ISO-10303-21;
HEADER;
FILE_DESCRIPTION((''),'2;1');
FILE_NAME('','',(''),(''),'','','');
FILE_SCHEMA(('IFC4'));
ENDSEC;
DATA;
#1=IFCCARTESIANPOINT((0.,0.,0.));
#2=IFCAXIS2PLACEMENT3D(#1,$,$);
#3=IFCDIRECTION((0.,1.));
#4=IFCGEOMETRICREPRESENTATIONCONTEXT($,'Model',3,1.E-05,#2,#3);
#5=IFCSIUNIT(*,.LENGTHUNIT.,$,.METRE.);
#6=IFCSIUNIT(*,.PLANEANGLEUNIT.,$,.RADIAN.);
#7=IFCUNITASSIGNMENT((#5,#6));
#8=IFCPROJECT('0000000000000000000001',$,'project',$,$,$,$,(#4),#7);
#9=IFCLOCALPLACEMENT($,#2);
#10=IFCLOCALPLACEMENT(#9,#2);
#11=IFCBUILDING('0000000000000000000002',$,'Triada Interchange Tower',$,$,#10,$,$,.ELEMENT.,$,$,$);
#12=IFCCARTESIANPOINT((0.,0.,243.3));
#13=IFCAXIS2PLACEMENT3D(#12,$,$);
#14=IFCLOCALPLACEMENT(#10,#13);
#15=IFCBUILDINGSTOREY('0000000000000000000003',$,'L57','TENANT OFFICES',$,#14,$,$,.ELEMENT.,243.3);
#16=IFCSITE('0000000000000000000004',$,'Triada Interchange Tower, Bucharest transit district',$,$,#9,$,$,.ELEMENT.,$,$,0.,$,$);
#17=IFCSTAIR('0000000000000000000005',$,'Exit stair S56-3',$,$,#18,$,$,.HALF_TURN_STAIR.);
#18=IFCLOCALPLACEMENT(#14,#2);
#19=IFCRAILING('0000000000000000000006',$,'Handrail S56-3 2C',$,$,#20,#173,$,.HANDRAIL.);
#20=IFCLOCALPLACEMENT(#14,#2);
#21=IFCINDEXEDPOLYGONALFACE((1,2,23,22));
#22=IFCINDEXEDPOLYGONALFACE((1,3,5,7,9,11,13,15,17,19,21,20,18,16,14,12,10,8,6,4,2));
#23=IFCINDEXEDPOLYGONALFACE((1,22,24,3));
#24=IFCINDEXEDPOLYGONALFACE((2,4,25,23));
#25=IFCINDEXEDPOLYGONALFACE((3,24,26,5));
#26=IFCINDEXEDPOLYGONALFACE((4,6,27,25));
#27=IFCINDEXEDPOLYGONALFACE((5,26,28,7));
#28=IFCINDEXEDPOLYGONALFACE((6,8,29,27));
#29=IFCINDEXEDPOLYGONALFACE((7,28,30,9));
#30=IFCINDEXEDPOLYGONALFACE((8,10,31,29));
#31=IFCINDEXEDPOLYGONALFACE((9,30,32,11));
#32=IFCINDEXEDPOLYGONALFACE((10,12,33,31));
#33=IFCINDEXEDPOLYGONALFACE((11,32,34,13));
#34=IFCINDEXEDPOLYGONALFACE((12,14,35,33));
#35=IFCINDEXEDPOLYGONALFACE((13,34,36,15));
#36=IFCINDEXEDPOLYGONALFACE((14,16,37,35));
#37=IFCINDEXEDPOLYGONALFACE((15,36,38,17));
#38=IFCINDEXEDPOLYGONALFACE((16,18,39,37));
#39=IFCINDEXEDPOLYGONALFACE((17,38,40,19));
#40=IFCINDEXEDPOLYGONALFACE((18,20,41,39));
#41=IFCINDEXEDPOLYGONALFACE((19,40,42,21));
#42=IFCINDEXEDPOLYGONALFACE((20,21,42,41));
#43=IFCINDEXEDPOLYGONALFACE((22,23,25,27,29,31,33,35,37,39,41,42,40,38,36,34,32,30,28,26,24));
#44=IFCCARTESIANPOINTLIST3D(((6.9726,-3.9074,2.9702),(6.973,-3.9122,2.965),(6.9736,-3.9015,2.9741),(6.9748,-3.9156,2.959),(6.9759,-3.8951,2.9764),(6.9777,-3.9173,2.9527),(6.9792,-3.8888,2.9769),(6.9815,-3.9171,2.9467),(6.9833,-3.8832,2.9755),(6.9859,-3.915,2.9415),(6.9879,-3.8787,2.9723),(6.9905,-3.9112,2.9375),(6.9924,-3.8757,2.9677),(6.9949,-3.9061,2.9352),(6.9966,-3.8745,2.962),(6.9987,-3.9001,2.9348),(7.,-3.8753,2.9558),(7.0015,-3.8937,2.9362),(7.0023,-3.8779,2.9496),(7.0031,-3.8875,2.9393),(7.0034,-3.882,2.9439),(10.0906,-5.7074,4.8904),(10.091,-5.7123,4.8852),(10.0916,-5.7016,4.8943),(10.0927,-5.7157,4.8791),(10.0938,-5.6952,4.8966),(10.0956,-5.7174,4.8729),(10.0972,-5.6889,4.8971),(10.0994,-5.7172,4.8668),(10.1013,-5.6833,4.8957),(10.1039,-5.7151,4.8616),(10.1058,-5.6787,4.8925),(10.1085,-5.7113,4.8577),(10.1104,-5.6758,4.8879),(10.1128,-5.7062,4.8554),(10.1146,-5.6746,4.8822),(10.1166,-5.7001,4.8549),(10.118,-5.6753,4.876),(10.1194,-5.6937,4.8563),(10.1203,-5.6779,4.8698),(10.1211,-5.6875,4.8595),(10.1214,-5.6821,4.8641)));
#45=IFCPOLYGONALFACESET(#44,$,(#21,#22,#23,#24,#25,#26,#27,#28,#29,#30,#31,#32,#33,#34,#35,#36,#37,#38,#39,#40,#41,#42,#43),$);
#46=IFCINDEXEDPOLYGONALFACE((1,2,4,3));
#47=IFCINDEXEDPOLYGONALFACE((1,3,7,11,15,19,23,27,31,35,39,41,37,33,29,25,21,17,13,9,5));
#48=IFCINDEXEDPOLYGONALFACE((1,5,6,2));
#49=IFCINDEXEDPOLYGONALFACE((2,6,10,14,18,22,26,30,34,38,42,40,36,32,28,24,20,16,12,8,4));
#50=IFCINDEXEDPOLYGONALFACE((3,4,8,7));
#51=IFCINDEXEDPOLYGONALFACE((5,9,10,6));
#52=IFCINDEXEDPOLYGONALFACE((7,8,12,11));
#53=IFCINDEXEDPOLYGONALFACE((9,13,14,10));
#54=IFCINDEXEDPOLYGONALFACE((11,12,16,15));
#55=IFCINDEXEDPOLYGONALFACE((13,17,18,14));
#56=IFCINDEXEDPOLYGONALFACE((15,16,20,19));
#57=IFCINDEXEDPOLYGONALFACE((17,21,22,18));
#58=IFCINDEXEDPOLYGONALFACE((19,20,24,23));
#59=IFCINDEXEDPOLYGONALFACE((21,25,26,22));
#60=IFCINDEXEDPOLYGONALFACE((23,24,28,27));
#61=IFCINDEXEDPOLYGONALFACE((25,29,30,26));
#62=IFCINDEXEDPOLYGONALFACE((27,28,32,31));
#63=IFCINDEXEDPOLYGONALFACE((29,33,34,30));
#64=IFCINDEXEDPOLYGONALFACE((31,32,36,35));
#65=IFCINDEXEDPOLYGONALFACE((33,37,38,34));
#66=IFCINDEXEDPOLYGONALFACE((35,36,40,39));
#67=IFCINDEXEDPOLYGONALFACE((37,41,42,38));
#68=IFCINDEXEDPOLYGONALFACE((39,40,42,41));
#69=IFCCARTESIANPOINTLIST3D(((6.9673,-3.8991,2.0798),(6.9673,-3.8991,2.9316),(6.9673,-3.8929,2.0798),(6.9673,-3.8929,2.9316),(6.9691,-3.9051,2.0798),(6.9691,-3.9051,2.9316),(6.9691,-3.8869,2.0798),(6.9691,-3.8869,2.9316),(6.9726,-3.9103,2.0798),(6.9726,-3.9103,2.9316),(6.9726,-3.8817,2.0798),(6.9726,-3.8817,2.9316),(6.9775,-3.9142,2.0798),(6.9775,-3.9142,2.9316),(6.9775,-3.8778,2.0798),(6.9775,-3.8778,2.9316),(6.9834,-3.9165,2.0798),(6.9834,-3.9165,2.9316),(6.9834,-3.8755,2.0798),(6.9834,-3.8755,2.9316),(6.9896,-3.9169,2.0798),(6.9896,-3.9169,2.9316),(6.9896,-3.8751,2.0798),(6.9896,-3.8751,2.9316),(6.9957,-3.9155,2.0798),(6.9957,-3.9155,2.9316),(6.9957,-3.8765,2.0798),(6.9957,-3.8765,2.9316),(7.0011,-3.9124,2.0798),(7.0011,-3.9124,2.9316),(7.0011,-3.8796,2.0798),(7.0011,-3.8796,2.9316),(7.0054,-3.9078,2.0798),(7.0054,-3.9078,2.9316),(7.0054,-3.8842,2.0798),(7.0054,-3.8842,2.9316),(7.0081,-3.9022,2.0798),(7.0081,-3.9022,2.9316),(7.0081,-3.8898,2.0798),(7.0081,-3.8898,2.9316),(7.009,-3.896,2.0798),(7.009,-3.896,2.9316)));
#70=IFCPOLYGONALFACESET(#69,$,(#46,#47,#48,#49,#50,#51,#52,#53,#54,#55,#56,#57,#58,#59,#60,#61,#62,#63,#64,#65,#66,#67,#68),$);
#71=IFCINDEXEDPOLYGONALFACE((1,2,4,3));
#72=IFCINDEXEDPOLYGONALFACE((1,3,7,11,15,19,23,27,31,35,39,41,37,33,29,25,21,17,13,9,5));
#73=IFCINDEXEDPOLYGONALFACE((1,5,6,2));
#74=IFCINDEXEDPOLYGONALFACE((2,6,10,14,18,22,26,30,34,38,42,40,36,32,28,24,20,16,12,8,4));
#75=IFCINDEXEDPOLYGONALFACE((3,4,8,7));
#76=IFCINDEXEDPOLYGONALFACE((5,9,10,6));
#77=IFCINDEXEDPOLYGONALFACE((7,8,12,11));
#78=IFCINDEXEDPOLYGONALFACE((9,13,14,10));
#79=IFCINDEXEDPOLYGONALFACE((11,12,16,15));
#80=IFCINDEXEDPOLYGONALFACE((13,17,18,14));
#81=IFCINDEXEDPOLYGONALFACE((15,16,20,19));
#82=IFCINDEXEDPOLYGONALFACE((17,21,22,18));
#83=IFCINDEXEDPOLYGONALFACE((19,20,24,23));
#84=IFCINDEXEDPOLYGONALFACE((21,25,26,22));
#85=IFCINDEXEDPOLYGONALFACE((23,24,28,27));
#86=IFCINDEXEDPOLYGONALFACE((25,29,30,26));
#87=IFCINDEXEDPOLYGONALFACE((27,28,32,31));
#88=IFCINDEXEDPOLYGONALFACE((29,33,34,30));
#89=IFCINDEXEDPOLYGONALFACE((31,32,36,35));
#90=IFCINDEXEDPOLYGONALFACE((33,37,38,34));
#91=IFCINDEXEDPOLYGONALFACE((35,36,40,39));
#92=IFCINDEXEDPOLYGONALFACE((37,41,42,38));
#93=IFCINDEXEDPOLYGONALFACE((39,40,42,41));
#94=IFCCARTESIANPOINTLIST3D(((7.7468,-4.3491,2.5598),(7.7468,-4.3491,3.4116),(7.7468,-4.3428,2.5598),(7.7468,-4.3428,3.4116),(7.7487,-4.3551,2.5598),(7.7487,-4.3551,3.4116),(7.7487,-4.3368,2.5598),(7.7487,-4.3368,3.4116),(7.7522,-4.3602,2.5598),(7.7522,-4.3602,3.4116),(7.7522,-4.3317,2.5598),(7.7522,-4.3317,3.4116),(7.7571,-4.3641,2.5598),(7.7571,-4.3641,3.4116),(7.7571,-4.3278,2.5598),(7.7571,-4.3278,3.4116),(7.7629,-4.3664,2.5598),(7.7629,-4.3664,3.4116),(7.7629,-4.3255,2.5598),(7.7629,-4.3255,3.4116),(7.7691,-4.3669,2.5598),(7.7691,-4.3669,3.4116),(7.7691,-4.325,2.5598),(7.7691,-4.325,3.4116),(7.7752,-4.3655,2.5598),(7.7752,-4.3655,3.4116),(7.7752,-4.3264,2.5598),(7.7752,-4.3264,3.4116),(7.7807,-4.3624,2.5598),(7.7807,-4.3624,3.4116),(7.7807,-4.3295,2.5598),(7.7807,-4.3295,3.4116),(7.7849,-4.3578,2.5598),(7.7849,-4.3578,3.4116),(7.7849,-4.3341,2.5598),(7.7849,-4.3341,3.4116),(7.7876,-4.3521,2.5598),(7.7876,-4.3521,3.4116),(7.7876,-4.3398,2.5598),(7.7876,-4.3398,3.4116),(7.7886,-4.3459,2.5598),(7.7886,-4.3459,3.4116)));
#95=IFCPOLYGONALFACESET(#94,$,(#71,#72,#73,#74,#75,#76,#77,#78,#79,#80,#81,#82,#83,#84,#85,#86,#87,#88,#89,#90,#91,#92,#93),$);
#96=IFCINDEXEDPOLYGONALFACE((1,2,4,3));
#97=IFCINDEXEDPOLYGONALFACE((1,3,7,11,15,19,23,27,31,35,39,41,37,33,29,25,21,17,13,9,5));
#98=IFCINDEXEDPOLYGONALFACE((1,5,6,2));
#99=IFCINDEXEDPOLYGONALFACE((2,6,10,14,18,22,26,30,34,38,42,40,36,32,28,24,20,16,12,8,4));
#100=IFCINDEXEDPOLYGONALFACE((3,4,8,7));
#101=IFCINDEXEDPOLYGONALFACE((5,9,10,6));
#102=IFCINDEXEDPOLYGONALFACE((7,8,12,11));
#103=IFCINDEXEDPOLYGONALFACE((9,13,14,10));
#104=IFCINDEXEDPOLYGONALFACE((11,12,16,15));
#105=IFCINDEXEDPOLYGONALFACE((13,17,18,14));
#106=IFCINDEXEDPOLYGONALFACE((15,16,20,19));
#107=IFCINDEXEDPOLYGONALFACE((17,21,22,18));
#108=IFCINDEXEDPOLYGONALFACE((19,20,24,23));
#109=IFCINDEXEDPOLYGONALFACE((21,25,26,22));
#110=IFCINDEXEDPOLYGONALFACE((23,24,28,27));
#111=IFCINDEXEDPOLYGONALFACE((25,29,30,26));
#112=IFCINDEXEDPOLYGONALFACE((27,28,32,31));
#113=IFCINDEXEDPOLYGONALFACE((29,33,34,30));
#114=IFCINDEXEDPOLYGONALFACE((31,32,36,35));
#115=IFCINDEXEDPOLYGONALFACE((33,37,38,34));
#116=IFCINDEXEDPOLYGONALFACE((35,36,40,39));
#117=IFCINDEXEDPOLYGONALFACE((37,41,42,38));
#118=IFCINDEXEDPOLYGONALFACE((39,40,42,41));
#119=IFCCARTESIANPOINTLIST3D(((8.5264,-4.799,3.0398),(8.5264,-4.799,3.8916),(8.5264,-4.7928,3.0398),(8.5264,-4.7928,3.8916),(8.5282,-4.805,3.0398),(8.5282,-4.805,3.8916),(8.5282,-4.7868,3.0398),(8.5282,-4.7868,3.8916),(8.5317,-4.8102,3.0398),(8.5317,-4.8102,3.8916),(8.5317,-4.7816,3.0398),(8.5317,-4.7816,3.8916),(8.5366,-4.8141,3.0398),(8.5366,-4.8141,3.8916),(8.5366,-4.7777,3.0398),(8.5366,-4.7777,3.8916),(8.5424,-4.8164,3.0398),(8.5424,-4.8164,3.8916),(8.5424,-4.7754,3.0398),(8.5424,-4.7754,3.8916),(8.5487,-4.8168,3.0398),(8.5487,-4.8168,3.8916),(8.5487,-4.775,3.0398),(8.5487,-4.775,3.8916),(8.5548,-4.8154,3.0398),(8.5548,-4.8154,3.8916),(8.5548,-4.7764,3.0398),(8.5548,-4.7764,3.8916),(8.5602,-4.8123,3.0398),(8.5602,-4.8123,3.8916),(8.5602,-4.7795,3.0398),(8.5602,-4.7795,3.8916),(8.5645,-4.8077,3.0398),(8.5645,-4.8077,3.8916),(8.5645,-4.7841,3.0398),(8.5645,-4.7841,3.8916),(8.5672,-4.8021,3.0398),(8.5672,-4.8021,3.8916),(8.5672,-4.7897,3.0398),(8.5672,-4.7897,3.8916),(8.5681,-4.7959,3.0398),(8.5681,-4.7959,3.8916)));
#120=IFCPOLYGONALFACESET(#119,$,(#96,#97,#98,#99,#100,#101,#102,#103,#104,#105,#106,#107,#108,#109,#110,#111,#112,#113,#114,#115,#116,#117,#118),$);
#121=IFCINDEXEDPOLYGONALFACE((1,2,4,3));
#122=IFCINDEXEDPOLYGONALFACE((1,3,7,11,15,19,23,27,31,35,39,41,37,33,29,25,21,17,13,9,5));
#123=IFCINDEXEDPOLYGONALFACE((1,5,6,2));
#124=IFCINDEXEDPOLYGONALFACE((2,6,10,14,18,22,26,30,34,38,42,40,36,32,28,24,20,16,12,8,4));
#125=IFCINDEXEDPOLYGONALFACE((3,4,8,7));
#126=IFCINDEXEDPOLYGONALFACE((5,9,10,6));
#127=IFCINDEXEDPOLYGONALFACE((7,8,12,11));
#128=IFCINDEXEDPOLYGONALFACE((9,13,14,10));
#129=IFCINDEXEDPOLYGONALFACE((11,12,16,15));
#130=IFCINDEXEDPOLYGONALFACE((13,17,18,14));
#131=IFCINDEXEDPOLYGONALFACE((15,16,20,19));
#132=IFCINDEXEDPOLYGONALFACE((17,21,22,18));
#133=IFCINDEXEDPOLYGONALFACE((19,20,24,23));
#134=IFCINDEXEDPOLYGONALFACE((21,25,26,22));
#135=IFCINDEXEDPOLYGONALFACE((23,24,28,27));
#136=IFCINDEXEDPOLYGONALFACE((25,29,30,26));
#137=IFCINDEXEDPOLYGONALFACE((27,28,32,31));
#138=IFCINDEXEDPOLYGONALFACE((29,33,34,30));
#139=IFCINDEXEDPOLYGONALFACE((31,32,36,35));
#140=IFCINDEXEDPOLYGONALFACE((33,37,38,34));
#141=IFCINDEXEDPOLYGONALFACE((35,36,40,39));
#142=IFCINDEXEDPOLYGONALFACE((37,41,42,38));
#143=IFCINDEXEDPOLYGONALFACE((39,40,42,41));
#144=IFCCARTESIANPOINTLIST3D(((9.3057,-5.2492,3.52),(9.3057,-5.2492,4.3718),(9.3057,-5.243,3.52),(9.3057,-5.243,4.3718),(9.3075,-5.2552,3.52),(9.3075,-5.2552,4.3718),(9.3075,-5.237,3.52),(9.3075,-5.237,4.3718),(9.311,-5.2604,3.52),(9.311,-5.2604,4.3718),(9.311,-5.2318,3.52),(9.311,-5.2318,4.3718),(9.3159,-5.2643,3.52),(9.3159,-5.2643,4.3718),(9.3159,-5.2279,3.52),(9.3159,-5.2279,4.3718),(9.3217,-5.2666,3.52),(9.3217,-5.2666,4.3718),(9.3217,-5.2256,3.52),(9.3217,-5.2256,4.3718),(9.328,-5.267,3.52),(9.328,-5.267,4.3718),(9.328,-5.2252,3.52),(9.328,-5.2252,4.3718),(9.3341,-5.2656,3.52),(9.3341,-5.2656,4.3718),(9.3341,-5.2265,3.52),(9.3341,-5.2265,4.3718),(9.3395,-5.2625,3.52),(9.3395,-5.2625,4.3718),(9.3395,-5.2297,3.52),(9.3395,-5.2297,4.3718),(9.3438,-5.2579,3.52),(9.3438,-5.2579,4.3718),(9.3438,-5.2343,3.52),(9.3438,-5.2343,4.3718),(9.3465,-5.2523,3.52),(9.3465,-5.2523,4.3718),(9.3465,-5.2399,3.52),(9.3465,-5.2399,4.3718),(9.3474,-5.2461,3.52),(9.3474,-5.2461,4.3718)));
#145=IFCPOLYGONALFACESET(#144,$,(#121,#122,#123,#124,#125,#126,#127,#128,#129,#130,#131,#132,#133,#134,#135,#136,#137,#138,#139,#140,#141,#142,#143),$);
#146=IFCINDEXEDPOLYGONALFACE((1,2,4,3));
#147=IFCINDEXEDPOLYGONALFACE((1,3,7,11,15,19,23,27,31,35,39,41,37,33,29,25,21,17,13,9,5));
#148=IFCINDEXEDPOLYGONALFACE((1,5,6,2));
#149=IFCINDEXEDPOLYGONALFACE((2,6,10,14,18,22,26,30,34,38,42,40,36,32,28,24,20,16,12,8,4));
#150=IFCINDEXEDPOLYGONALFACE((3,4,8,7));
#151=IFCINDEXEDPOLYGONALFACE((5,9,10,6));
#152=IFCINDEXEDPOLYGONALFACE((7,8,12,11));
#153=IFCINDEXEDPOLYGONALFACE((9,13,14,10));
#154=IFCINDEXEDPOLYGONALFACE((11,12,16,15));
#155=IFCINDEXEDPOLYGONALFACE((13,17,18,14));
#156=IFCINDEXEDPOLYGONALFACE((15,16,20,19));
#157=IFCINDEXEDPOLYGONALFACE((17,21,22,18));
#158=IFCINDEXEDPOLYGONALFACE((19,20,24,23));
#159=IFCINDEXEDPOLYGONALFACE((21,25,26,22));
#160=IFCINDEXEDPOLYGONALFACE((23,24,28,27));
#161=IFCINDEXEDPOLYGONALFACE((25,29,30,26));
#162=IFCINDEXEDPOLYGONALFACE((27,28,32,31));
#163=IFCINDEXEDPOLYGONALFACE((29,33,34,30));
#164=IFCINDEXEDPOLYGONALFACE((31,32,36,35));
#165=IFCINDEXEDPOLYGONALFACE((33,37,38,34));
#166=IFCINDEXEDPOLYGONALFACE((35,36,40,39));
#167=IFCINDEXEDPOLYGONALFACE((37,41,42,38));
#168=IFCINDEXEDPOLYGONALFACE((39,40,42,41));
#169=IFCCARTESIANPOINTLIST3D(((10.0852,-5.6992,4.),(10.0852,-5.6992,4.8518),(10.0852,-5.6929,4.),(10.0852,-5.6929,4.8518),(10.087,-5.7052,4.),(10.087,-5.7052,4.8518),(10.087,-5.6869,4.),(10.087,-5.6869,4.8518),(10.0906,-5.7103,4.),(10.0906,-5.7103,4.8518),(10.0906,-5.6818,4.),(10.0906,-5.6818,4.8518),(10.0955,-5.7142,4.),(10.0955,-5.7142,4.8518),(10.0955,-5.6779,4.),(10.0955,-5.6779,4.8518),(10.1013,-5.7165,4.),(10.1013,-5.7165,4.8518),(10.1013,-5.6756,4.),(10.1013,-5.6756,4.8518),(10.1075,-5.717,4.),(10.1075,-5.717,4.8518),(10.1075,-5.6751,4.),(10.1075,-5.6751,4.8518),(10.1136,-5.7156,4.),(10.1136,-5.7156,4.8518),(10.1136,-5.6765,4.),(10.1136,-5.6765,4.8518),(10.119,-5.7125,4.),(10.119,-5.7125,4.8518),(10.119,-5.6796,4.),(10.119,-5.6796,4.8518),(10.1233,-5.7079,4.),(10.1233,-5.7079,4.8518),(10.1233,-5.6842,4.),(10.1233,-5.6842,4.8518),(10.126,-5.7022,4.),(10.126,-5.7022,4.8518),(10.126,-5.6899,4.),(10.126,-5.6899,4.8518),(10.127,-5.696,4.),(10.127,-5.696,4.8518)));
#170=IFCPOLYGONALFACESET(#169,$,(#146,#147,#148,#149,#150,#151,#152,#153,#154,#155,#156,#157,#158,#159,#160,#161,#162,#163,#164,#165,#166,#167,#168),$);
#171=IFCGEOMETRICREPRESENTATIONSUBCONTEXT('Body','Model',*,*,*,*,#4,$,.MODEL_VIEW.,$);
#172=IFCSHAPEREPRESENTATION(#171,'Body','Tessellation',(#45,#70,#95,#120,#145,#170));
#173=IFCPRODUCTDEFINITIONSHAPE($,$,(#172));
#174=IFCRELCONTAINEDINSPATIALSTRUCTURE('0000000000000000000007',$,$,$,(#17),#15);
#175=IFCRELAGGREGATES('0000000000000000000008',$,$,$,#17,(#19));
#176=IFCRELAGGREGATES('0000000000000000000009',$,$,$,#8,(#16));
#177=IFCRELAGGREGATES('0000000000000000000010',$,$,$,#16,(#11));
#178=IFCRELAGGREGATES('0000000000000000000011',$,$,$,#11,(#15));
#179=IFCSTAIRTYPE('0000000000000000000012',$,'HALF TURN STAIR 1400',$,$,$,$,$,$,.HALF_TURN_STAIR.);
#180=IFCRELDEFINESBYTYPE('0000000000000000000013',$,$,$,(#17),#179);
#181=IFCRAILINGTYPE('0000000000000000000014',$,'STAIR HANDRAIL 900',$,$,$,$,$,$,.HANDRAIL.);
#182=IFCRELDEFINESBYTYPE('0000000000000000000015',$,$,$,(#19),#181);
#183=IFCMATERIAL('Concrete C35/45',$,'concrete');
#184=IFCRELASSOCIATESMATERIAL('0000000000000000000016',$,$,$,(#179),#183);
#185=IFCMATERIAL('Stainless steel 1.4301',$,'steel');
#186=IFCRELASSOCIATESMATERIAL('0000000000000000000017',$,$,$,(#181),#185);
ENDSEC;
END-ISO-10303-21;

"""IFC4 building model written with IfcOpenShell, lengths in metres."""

from ifc_helpers import new_model, si_unit, direction, frame, origin, origin_2d, place, context, subcontext, project, spatial, circle, extrude, material, type_object, element, aggregate, save


model = new_model("IFC4")

# Units and contexts
model_context = context("Model", 3, precision=1e-05, world=origin(), true_north=direction((0.0, 1.0)))
body_context = subcontext(model_context, "Body", "Model", "MODEL_VIEW")
ifc_project = project(units=[si_unit("LENGTHUNIT", "METRE"), si_unit("PLANEANGLEUNIT", "RADIAN")], contexts=[model_context])

# Site, building, storey
site_placement = place(None, origin())
site = spatial("IfcSite", under=ifc_project, at=site_placement, Name="Triada Interchange Tower, Bucharest transit district", CompositionType="ELEMENT", RefElevation=0.0)
building_placement = place(site_placement, origin())
building = spatial("IfcBuilding", under=site, at=building_placement, Name="Triada Interchange Tower", CompositionType="ELEMENT")
storey_placement = place(building_placement, frame((0.0, 0.0, 243.3)))
storey = spatial("IfcBuildingStorey", under=building, at=storey_placement, Name="L57", Description="TENANT OFFICES", CompositionType="ELEMENT", Elevation=243.3)

# Stair, railing
ifc_material_1 = material(Name="Concrete C35/45", Category="concrete")
stair_type = type_object("IfcStairType", Name="HALF TURN STAIR 1400", PredefinedType="HALF_TURN_STAIR", material=ifc_material_1)
stair_placement = place(storey_placement, origin())
stair = element("IfcStair", 1, at=stair_placement, inside=storey, type_object=stair_type, Name="Exit stair S56-3", PredefinedType="HALF_TURN_STAIR")
ifc_material_2 = material(Name="Stainless steel 1.4301", Category="steel")
railing_type = type_object("IfcRailingType", Name="STAIR HANDRAIL 900", PredefinedType="HANDRAIL", material=ifc_material_2)
railing_1_placement = place(storey_placement, frame((6.988, -3.896, 2.0798)))
railing_1 = element("IfcRailing", 2, at=railing_1_placement, type_object=railing_type, Name="Handrail S56-3 2C", PredefinedType="HANDRAIL", context=body_context, shape_type="SweptSolid", body=[
    extrude(circle(Radius=0.0239, at=origin_2d()), frame((0.0, 0.0, 0.876), z_axis=(0.764145, -0.441159, 0.470597), x_axis=(0.499983, 0.866035, 0.0)), (0.0, 0.0, 1.0), 4.0803),
    extrude(circle(Radius=0.021, at=origin_2d()), origin(), (0.0, 0.0, 1.0), 0.8518),
    extrude(circle(Radius=0.021, at=origin_2d()), frame((0.7795, -0.45, 0.48)), (0.0, 0.0, 1.0), 0.8518),
    extrude(circle(Radius=0.021, at=origin_2d()), frame((1.5591, -0.8999, 0.96)), (0.0, 0.0, 1.0), 0.8518),
    extrude(circle(Radius=0.021, at=origin_2d()), frame((2.3384, -1.3501, 1.4402)), (0.0, 0.0, 1.0), 0.8518),
    extrude(circle(Radius=0.021, at=origin_2d()), frame((3.1179, -1.8, 1.9202)), (0.0, 0.0, 1.0), 0.8518),
])
aggregate(stair, [railing_1])

save(model, "model.ifc")
